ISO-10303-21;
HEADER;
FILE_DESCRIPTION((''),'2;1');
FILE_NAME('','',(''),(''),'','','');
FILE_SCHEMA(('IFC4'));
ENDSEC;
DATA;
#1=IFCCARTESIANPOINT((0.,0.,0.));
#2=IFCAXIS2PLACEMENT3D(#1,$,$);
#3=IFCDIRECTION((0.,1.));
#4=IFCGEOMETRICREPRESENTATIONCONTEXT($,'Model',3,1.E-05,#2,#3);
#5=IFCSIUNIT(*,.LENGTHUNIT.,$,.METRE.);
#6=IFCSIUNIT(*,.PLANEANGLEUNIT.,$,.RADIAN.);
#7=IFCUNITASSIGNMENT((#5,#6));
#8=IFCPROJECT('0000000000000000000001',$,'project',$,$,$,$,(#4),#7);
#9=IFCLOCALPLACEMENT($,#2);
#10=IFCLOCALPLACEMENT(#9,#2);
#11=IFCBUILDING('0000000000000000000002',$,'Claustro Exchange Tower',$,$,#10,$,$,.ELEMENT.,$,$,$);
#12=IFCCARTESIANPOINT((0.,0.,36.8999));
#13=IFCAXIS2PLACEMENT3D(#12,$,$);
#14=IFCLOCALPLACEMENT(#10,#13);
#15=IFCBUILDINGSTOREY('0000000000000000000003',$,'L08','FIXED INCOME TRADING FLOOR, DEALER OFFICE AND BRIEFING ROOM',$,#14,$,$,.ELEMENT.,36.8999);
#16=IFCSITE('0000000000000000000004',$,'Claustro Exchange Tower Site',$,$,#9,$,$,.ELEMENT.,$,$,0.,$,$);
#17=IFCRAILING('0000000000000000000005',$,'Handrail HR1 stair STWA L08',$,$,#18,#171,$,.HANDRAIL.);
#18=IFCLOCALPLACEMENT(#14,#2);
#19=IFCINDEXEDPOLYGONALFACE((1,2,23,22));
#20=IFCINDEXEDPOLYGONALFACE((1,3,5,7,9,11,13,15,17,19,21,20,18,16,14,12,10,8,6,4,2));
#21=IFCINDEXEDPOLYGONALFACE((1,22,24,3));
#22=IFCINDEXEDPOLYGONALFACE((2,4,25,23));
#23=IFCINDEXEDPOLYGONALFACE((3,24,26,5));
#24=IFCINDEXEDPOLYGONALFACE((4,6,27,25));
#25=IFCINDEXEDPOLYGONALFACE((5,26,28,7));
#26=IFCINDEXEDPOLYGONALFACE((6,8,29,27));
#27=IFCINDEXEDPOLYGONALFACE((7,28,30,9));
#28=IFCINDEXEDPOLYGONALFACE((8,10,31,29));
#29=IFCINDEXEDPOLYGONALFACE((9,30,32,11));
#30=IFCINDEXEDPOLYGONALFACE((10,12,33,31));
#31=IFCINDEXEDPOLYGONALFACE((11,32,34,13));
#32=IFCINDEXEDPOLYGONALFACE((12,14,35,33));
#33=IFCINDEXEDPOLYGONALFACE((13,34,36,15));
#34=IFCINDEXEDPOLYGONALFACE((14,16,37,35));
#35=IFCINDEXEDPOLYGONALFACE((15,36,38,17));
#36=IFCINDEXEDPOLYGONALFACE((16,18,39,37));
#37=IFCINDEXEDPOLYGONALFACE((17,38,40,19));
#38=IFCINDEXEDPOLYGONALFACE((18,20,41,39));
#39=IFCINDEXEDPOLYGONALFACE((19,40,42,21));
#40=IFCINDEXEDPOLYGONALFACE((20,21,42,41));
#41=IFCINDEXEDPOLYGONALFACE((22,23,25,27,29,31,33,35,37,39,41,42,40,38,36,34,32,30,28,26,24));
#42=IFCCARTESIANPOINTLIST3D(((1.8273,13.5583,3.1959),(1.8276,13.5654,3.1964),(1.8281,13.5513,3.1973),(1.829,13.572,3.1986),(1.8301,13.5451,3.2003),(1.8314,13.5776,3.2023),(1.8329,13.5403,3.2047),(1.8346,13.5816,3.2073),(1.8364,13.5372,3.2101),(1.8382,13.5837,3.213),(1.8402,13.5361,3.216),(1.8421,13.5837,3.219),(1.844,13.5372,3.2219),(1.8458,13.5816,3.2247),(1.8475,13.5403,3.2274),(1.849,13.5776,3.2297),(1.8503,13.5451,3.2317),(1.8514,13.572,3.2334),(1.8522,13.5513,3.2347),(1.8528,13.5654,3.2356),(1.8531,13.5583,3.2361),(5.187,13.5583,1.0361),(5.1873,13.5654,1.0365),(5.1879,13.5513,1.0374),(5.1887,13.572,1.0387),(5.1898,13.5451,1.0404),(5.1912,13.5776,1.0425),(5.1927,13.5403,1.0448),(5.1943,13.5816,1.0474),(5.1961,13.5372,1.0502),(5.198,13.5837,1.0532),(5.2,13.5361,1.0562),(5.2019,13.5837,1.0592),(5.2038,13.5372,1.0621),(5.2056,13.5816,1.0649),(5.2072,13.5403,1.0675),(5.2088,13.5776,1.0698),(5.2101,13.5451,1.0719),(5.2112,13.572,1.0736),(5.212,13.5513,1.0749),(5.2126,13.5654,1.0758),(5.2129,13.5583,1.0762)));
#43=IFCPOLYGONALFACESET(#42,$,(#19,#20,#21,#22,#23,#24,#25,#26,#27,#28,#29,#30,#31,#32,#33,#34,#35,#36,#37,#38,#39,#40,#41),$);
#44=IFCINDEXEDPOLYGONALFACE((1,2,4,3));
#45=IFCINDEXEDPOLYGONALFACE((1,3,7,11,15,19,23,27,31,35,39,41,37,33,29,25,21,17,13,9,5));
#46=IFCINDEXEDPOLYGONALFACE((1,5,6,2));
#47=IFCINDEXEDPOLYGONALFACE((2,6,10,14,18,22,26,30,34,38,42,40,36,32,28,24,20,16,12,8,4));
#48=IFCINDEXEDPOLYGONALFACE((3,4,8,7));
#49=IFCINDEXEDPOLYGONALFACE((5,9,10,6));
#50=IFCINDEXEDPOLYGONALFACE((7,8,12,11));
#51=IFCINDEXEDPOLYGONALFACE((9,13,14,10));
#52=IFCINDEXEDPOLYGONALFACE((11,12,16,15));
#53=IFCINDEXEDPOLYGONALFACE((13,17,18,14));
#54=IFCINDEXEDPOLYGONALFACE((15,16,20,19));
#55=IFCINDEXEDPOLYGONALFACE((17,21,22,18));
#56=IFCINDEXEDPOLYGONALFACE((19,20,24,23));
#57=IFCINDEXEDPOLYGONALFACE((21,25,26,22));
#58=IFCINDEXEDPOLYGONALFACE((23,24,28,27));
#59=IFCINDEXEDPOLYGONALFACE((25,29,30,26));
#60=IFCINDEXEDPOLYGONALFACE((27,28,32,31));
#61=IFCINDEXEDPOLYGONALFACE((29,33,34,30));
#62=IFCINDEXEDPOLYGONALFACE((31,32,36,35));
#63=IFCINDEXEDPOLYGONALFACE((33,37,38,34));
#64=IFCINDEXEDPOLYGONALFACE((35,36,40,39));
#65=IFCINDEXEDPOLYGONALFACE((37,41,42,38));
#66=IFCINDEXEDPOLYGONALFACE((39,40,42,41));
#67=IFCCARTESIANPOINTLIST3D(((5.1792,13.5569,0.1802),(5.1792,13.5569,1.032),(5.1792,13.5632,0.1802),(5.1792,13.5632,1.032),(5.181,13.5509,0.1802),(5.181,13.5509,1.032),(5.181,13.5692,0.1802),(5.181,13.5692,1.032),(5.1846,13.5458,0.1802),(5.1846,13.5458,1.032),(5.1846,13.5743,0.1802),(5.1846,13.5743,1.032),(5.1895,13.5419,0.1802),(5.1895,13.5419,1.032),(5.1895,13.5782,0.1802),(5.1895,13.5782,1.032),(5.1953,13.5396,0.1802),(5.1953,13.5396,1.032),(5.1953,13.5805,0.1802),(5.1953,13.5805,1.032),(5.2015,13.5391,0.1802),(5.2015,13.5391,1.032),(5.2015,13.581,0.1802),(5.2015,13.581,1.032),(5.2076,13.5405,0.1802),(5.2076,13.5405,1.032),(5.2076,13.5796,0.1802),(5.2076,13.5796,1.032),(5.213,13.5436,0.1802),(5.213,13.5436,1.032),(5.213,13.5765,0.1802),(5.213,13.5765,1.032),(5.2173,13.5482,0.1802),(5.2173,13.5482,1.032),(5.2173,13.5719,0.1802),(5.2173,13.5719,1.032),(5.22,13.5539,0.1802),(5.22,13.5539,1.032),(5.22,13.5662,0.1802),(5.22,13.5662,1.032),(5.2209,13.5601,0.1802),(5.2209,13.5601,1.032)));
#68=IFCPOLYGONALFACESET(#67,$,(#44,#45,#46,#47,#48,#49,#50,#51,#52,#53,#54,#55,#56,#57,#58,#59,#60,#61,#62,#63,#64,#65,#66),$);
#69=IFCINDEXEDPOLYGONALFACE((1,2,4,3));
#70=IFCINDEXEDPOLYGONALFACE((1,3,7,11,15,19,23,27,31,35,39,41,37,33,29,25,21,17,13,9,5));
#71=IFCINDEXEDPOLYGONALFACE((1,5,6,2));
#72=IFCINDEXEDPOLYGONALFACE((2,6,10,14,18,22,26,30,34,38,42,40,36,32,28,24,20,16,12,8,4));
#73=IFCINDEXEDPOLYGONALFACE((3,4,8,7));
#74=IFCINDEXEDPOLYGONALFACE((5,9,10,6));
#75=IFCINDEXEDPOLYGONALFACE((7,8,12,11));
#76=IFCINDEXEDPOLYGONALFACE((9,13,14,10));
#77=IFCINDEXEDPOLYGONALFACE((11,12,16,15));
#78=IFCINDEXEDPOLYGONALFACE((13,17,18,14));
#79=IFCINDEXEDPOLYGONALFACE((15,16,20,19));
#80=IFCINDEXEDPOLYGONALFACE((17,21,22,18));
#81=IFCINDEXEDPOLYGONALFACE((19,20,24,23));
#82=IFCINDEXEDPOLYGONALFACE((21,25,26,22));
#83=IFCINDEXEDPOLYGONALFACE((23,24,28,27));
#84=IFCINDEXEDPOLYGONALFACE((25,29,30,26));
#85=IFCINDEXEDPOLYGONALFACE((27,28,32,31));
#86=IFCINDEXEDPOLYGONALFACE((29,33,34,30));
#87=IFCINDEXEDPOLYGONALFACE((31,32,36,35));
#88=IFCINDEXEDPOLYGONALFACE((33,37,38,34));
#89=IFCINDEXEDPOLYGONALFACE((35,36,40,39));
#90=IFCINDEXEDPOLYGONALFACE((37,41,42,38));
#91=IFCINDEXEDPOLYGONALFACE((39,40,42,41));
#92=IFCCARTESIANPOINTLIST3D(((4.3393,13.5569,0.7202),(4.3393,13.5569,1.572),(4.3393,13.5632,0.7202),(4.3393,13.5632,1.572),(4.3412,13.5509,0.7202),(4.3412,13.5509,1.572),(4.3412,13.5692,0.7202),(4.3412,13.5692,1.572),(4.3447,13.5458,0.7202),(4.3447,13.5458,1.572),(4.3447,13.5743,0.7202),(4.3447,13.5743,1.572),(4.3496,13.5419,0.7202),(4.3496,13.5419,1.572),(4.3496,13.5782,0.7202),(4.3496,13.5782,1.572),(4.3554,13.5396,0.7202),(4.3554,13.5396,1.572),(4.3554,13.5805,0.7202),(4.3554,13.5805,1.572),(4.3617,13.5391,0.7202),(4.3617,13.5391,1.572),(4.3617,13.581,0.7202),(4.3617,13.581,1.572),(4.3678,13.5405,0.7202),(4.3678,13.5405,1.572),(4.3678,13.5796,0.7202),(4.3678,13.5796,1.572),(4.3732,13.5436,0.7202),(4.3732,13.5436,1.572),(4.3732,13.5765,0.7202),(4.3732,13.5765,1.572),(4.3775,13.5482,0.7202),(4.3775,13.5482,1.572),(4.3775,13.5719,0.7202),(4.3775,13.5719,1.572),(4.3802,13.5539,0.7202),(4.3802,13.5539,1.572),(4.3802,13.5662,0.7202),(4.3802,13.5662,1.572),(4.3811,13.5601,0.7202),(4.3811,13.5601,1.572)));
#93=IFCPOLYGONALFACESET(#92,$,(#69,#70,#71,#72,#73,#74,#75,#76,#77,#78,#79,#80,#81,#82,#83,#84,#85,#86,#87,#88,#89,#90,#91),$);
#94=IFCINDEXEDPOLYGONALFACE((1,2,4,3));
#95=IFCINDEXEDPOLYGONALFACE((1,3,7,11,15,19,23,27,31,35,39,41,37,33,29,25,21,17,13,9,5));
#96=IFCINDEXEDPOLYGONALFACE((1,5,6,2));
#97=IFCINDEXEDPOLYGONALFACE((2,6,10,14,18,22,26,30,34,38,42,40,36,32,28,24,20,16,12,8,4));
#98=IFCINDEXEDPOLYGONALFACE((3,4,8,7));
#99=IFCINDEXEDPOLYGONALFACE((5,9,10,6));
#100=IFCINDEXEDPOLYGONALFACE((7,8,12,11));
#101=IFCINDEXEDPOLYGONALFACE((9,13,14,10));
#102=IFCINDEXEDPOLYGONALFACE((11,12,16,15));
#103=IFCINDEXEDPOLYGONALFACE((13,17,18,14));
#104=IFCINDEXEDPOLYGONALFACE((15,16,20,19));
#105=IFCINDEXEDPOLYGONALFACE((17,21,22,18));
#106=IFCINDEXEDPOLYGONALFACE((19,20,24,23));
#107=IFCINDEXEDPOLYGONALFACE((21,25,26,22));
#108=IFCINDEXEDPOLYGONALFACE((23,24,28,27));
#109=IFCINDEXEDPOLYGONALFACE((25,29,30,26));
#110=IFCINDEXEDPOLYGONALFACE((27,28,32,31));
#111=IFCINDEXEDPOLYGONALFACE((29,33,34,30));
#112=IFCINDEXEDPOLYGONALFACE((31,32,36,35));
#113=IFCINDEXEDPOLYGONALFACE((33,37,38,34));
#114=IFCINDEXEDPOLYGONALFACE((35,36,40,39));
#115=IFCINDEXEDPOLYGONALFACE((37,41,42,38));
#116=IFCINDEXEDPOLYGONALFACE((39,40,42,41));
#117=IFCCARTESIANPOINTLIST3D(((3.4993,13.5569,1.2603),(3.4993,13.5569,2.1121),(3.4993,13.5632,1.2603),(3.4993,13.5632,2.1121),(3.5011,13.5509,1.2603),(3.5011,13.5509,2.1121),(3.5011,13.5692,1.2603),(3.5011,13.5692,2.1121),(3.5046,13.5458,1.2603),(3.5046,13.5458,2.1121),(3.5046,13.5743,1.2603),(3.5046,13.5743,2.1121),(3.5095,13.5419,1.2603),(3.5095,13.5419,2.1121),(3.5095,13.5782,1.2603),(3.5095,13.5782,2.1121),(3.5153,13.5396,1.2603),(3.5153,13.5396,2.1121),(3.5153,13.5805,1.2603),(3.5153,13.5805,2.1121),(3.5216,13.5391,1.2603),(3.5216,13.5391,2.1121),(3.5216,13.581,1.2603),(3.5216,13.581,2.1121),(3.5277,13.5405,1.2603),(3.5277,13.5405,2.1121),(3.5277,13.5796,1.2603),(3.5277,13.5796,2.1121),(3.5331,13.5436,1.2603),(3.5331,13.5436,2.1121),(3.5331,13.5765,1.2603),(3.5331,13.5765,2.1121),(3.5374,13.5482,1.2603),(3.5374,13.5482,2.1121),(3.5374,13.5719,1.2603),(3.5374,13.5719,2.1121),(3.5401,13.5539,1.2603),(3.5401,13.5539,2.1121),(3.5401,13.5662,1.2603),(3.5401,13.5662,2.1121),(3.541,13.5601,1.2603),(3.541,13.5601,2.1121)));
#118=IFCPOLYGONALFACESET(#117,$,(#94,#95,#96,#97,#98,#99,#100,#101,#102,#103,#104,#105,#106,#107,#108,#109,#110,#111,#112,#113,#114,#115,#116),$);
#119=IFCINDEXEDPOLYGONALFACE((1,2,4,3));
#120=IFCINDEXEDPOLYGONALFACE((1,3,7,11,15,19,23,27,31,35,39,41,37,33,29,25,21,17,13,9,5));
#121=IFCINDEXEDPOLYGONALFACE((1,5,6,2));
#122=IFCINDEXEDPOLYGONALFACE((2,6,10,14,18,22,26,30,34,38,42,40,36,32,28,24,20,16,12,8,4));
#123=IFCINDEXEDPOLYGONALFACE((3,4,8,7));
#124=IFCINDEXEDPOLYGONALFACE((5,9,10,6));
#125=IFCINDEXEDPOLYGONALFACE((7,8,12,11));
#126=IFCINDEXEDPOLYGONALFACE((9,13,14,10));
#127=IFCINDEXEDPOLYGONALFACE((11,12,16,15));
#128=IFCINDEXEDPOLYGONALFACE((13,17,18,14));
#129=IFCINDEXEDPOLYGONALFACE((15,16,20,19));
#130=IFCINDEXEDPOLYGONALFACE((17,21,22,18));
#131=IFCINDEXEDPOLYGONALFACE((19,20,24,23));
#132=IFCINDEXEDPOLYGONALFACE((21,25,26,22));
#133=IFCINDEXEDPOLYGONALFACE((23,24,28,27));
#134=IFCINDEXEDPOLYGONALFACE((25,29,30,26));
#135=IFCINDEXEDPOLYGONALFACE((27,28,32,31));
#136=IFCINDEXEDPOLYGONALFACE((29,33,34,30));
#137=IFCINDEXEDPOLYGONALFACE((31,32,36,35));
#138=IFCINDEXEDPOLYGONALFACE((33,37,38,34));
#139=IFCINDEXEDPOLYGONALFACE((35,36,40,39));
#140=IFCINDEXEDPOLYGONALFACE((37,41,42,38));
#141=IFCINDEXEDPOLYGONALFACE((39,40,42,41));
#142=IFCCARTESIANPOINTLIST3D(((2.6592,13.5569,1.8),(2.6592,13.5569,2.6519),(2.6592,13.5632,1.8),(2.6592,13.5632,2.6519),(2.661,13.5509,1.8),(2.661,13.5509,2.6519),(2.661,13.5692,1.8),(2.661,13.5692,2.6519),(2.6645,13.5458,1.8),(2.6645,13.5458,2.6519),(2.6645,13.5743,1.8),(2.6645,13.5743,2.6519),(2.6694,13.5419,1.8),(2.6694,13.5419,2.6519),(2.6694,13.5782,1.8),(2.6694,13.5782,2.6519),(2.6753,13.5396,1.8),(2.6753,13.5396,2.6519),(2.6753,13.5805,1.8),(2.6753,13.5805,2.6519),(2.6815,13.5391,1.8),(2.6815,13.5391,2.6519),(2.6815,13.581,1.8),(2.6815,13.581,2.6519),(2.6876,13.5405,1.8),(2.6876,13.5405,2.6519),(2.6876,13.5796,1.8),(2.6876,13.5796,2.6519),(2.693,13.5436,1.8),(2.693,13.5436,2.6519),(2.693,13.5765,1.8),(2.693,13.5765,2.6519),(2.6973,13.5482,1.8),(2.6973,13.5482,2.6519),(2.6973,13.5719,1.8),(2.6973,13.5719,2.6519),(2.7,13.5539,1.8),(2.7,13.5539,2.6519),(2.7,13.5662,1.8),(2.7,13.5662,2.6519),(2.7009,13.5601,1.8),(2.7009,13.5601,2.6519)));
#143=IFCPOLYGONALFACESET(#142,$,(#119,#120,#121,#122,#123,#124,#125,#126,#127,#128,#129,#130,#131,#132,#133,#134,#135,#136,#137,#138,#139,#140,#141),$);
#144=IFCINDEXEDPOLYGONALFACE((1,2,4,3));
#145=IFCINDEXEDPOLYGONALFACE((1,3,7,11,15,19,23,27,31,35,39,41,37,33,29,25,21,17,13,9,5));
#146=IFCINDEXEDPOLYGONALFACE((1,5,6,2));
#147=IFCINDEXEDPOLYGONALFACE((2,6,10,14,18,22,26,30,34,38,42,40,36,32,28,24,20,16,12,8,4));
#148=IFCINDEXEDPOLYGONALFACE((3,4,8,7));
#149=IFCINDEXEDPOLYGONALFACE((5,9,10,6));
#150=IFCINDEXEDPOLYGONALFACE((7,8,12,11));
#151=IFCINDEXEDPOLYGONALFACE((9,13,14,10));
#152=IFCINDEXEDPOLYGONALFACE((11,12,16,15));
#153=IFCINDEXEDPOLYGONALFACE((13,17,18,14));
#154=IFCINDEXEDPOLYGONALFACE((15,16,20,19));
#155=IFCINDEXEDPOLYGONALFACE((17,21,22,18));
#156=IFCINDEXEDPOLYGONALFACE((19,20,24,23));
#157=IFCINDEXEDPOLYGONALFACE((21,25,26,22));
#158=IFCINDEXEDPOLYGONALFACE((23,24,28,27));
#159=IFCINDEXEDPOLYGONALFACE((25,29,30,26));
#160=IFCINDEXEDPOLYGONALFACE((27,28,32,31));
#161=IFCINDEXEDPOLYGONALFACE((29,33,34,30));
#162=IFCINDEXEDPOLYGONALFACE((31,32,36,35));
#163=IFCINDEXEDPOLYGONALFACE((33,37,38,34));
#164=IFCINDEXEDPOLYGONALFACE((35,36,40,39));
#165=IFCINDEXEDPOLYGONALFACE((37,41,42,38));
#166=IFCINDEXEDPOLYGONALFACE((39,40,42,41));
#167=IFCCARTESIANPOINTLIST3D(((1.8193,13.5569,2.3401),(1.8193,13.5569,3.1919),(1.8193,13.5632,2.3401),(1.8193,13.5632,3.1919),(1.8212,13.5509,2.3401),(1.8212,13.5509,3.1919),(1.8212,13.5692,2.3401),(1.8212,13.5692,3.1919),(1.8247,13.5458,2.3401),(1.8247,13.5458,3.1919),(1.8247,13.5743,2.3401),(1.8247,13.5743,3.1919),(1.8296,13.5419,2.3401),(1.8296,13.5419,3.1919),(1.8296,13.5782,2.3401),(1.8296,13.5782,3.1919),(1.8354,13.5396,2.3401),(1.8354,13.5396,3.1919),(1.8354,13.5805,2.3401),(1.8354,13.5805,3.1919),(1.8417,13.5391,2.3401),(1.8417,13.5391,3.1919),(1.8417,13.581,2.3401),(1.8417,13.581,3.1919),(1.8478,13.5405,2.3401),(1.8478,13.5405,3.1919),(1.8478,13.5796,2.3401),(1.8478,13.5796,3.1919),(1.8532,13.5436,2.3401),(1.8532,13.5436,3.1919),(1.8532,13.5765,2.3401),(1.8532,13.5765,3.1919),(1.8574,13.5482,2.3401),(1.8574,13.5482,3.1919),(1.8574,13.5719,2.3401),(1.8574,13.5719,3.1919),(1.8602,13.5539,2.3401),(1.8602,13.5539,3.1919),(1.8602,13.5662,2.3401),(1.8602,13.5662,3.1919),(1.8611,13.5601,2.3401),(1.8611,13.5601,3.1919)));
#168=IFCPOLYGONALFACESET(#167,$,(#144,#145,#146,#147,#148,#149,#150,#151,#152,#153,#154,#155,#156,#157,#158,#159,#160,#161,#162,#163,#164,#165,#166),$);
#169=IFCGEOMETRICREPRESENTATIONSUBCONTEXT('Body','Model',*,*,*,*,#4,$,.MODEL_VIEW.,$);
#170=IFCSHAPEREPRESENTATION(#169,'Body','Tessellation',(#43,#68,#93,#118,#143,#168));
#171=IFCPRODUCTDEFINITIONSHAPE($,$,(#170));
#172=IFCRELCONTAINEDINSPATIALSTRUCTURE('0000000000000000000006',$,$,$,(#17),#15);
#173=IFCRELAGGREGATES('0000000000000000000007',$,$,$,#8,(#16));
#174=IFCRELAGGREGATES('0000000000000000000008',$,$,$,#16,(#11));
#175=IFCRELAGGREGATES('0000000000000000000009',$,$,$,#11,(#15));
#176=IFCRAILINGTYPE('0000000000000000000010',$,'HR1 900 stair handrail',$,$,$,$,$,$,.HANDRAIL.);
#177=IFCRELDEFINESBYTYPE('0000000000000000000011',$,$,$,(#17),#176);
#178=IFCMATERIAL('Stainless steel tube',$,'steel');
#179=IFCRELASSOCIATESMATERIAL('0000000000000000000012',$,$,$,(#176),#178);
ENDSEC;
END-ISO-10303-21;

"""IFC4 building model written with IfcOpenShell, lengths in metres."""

from ifc_helpers import new_model, si_unit, direction, frame, origin, origin_2d, place, context, subcontext, project, spatial, circle, extrude, material, type_object, element, save


model = new_model("IFC4")

# Units and contexts
model_context = context("Model", 3, precision=1e-05, world=origin(), true_north=direction((0.0, 1.0)))
body_context = subcontext(model_context, "Body", "Model", "MODEL_VIEW")
ifc_project = project(units=[si_unit("LENGTHUNIT", "METRE"), si_unit("PLANEANGLEUNIT", "RADIAN")], contexts=[model_context])

# Site, building, storey
site_placement = place(None, origin())
site = spatial("IfcSite", under=ifc_project, at=site_placement, Name="Claustro Exchange Tower Site", CompositionType="ELEMENT", RefElevation=0.0)
building_placement = place(site_placement, origin())
building = spatial("IfcBuilding", under=site, at=building_placement, Name="Claustro Exchange Tower", CompositionType="ELEMENT")
storey_placement = place(building_placement, frame((0.0, 0.0, 36.8999)))
storey = spatial("IfcBuildingStorey", under=building, at=storey_placement, Name="L08", Description="FIXED INCOME TRADING FLOOR, DEALER OFFICE AND BRIEFING ROOM", CompositionType="ELEMENT", Elevation=36.8999)

# Railing
ifc_material_1 = material(Name="Stainless steel tube", Category="steel")
railing_type_1 = type_object("IfcRailingType", Name="HR1 900 stair handrail", PredefinedType="HANDRAIL", material=ifc_material_1)
railing_1_placement = place(storey_placement, frame((5.2, 13.5601, 0.1802)))
element("IfcRailing", 1, at=railing_1_placement, inside=storey, type_object=railing_type_1, Name="Handrail HR1 stair STWA L08", PredefinedType="HANDRAIL", context=body_context, shape_type="SweptSolid", body=[
    extrude(circle(Radius=0.0239, at=origin_2d()), frame((0.0, 0.0, 0.876), z_axis=(-0.841178, 0.0, 0.540758), x_axis=(0.0, -1.0, 0.0)), (0.0, 0.0, 1.0), 3.9941),
    extrude(circle(Radius=0.021, at=origin_2d()), origin(), (0.0, 0.0, 1.0), 0.8518),
    extrude(circle(Radius=0.021, at=origin_2d()), frame((-0.8398, 0.0, 0.54)), (0.0, 0.0, 1.0), 0.8518),
    extrude(circle(Radius=0.021, at=origin_2d()), frame((-1.6799, 0.0, 1.0801)), (0.0, 0.0, 1.0), 0.8518),
    extrude(circle(Radius=0.021, at=origin_2d()), frame((-2.52, 0.0, 1.6199)), (0.0, 0.0, 1.0), 0.8518),
    extrude(circle(Radius=0.021, at=origin_2d()), frame((-3.3599, 0.0, 2.1599)), (0.0, 0.0, 1.0), 0.8518),
])

save(model, "model.ifc")
